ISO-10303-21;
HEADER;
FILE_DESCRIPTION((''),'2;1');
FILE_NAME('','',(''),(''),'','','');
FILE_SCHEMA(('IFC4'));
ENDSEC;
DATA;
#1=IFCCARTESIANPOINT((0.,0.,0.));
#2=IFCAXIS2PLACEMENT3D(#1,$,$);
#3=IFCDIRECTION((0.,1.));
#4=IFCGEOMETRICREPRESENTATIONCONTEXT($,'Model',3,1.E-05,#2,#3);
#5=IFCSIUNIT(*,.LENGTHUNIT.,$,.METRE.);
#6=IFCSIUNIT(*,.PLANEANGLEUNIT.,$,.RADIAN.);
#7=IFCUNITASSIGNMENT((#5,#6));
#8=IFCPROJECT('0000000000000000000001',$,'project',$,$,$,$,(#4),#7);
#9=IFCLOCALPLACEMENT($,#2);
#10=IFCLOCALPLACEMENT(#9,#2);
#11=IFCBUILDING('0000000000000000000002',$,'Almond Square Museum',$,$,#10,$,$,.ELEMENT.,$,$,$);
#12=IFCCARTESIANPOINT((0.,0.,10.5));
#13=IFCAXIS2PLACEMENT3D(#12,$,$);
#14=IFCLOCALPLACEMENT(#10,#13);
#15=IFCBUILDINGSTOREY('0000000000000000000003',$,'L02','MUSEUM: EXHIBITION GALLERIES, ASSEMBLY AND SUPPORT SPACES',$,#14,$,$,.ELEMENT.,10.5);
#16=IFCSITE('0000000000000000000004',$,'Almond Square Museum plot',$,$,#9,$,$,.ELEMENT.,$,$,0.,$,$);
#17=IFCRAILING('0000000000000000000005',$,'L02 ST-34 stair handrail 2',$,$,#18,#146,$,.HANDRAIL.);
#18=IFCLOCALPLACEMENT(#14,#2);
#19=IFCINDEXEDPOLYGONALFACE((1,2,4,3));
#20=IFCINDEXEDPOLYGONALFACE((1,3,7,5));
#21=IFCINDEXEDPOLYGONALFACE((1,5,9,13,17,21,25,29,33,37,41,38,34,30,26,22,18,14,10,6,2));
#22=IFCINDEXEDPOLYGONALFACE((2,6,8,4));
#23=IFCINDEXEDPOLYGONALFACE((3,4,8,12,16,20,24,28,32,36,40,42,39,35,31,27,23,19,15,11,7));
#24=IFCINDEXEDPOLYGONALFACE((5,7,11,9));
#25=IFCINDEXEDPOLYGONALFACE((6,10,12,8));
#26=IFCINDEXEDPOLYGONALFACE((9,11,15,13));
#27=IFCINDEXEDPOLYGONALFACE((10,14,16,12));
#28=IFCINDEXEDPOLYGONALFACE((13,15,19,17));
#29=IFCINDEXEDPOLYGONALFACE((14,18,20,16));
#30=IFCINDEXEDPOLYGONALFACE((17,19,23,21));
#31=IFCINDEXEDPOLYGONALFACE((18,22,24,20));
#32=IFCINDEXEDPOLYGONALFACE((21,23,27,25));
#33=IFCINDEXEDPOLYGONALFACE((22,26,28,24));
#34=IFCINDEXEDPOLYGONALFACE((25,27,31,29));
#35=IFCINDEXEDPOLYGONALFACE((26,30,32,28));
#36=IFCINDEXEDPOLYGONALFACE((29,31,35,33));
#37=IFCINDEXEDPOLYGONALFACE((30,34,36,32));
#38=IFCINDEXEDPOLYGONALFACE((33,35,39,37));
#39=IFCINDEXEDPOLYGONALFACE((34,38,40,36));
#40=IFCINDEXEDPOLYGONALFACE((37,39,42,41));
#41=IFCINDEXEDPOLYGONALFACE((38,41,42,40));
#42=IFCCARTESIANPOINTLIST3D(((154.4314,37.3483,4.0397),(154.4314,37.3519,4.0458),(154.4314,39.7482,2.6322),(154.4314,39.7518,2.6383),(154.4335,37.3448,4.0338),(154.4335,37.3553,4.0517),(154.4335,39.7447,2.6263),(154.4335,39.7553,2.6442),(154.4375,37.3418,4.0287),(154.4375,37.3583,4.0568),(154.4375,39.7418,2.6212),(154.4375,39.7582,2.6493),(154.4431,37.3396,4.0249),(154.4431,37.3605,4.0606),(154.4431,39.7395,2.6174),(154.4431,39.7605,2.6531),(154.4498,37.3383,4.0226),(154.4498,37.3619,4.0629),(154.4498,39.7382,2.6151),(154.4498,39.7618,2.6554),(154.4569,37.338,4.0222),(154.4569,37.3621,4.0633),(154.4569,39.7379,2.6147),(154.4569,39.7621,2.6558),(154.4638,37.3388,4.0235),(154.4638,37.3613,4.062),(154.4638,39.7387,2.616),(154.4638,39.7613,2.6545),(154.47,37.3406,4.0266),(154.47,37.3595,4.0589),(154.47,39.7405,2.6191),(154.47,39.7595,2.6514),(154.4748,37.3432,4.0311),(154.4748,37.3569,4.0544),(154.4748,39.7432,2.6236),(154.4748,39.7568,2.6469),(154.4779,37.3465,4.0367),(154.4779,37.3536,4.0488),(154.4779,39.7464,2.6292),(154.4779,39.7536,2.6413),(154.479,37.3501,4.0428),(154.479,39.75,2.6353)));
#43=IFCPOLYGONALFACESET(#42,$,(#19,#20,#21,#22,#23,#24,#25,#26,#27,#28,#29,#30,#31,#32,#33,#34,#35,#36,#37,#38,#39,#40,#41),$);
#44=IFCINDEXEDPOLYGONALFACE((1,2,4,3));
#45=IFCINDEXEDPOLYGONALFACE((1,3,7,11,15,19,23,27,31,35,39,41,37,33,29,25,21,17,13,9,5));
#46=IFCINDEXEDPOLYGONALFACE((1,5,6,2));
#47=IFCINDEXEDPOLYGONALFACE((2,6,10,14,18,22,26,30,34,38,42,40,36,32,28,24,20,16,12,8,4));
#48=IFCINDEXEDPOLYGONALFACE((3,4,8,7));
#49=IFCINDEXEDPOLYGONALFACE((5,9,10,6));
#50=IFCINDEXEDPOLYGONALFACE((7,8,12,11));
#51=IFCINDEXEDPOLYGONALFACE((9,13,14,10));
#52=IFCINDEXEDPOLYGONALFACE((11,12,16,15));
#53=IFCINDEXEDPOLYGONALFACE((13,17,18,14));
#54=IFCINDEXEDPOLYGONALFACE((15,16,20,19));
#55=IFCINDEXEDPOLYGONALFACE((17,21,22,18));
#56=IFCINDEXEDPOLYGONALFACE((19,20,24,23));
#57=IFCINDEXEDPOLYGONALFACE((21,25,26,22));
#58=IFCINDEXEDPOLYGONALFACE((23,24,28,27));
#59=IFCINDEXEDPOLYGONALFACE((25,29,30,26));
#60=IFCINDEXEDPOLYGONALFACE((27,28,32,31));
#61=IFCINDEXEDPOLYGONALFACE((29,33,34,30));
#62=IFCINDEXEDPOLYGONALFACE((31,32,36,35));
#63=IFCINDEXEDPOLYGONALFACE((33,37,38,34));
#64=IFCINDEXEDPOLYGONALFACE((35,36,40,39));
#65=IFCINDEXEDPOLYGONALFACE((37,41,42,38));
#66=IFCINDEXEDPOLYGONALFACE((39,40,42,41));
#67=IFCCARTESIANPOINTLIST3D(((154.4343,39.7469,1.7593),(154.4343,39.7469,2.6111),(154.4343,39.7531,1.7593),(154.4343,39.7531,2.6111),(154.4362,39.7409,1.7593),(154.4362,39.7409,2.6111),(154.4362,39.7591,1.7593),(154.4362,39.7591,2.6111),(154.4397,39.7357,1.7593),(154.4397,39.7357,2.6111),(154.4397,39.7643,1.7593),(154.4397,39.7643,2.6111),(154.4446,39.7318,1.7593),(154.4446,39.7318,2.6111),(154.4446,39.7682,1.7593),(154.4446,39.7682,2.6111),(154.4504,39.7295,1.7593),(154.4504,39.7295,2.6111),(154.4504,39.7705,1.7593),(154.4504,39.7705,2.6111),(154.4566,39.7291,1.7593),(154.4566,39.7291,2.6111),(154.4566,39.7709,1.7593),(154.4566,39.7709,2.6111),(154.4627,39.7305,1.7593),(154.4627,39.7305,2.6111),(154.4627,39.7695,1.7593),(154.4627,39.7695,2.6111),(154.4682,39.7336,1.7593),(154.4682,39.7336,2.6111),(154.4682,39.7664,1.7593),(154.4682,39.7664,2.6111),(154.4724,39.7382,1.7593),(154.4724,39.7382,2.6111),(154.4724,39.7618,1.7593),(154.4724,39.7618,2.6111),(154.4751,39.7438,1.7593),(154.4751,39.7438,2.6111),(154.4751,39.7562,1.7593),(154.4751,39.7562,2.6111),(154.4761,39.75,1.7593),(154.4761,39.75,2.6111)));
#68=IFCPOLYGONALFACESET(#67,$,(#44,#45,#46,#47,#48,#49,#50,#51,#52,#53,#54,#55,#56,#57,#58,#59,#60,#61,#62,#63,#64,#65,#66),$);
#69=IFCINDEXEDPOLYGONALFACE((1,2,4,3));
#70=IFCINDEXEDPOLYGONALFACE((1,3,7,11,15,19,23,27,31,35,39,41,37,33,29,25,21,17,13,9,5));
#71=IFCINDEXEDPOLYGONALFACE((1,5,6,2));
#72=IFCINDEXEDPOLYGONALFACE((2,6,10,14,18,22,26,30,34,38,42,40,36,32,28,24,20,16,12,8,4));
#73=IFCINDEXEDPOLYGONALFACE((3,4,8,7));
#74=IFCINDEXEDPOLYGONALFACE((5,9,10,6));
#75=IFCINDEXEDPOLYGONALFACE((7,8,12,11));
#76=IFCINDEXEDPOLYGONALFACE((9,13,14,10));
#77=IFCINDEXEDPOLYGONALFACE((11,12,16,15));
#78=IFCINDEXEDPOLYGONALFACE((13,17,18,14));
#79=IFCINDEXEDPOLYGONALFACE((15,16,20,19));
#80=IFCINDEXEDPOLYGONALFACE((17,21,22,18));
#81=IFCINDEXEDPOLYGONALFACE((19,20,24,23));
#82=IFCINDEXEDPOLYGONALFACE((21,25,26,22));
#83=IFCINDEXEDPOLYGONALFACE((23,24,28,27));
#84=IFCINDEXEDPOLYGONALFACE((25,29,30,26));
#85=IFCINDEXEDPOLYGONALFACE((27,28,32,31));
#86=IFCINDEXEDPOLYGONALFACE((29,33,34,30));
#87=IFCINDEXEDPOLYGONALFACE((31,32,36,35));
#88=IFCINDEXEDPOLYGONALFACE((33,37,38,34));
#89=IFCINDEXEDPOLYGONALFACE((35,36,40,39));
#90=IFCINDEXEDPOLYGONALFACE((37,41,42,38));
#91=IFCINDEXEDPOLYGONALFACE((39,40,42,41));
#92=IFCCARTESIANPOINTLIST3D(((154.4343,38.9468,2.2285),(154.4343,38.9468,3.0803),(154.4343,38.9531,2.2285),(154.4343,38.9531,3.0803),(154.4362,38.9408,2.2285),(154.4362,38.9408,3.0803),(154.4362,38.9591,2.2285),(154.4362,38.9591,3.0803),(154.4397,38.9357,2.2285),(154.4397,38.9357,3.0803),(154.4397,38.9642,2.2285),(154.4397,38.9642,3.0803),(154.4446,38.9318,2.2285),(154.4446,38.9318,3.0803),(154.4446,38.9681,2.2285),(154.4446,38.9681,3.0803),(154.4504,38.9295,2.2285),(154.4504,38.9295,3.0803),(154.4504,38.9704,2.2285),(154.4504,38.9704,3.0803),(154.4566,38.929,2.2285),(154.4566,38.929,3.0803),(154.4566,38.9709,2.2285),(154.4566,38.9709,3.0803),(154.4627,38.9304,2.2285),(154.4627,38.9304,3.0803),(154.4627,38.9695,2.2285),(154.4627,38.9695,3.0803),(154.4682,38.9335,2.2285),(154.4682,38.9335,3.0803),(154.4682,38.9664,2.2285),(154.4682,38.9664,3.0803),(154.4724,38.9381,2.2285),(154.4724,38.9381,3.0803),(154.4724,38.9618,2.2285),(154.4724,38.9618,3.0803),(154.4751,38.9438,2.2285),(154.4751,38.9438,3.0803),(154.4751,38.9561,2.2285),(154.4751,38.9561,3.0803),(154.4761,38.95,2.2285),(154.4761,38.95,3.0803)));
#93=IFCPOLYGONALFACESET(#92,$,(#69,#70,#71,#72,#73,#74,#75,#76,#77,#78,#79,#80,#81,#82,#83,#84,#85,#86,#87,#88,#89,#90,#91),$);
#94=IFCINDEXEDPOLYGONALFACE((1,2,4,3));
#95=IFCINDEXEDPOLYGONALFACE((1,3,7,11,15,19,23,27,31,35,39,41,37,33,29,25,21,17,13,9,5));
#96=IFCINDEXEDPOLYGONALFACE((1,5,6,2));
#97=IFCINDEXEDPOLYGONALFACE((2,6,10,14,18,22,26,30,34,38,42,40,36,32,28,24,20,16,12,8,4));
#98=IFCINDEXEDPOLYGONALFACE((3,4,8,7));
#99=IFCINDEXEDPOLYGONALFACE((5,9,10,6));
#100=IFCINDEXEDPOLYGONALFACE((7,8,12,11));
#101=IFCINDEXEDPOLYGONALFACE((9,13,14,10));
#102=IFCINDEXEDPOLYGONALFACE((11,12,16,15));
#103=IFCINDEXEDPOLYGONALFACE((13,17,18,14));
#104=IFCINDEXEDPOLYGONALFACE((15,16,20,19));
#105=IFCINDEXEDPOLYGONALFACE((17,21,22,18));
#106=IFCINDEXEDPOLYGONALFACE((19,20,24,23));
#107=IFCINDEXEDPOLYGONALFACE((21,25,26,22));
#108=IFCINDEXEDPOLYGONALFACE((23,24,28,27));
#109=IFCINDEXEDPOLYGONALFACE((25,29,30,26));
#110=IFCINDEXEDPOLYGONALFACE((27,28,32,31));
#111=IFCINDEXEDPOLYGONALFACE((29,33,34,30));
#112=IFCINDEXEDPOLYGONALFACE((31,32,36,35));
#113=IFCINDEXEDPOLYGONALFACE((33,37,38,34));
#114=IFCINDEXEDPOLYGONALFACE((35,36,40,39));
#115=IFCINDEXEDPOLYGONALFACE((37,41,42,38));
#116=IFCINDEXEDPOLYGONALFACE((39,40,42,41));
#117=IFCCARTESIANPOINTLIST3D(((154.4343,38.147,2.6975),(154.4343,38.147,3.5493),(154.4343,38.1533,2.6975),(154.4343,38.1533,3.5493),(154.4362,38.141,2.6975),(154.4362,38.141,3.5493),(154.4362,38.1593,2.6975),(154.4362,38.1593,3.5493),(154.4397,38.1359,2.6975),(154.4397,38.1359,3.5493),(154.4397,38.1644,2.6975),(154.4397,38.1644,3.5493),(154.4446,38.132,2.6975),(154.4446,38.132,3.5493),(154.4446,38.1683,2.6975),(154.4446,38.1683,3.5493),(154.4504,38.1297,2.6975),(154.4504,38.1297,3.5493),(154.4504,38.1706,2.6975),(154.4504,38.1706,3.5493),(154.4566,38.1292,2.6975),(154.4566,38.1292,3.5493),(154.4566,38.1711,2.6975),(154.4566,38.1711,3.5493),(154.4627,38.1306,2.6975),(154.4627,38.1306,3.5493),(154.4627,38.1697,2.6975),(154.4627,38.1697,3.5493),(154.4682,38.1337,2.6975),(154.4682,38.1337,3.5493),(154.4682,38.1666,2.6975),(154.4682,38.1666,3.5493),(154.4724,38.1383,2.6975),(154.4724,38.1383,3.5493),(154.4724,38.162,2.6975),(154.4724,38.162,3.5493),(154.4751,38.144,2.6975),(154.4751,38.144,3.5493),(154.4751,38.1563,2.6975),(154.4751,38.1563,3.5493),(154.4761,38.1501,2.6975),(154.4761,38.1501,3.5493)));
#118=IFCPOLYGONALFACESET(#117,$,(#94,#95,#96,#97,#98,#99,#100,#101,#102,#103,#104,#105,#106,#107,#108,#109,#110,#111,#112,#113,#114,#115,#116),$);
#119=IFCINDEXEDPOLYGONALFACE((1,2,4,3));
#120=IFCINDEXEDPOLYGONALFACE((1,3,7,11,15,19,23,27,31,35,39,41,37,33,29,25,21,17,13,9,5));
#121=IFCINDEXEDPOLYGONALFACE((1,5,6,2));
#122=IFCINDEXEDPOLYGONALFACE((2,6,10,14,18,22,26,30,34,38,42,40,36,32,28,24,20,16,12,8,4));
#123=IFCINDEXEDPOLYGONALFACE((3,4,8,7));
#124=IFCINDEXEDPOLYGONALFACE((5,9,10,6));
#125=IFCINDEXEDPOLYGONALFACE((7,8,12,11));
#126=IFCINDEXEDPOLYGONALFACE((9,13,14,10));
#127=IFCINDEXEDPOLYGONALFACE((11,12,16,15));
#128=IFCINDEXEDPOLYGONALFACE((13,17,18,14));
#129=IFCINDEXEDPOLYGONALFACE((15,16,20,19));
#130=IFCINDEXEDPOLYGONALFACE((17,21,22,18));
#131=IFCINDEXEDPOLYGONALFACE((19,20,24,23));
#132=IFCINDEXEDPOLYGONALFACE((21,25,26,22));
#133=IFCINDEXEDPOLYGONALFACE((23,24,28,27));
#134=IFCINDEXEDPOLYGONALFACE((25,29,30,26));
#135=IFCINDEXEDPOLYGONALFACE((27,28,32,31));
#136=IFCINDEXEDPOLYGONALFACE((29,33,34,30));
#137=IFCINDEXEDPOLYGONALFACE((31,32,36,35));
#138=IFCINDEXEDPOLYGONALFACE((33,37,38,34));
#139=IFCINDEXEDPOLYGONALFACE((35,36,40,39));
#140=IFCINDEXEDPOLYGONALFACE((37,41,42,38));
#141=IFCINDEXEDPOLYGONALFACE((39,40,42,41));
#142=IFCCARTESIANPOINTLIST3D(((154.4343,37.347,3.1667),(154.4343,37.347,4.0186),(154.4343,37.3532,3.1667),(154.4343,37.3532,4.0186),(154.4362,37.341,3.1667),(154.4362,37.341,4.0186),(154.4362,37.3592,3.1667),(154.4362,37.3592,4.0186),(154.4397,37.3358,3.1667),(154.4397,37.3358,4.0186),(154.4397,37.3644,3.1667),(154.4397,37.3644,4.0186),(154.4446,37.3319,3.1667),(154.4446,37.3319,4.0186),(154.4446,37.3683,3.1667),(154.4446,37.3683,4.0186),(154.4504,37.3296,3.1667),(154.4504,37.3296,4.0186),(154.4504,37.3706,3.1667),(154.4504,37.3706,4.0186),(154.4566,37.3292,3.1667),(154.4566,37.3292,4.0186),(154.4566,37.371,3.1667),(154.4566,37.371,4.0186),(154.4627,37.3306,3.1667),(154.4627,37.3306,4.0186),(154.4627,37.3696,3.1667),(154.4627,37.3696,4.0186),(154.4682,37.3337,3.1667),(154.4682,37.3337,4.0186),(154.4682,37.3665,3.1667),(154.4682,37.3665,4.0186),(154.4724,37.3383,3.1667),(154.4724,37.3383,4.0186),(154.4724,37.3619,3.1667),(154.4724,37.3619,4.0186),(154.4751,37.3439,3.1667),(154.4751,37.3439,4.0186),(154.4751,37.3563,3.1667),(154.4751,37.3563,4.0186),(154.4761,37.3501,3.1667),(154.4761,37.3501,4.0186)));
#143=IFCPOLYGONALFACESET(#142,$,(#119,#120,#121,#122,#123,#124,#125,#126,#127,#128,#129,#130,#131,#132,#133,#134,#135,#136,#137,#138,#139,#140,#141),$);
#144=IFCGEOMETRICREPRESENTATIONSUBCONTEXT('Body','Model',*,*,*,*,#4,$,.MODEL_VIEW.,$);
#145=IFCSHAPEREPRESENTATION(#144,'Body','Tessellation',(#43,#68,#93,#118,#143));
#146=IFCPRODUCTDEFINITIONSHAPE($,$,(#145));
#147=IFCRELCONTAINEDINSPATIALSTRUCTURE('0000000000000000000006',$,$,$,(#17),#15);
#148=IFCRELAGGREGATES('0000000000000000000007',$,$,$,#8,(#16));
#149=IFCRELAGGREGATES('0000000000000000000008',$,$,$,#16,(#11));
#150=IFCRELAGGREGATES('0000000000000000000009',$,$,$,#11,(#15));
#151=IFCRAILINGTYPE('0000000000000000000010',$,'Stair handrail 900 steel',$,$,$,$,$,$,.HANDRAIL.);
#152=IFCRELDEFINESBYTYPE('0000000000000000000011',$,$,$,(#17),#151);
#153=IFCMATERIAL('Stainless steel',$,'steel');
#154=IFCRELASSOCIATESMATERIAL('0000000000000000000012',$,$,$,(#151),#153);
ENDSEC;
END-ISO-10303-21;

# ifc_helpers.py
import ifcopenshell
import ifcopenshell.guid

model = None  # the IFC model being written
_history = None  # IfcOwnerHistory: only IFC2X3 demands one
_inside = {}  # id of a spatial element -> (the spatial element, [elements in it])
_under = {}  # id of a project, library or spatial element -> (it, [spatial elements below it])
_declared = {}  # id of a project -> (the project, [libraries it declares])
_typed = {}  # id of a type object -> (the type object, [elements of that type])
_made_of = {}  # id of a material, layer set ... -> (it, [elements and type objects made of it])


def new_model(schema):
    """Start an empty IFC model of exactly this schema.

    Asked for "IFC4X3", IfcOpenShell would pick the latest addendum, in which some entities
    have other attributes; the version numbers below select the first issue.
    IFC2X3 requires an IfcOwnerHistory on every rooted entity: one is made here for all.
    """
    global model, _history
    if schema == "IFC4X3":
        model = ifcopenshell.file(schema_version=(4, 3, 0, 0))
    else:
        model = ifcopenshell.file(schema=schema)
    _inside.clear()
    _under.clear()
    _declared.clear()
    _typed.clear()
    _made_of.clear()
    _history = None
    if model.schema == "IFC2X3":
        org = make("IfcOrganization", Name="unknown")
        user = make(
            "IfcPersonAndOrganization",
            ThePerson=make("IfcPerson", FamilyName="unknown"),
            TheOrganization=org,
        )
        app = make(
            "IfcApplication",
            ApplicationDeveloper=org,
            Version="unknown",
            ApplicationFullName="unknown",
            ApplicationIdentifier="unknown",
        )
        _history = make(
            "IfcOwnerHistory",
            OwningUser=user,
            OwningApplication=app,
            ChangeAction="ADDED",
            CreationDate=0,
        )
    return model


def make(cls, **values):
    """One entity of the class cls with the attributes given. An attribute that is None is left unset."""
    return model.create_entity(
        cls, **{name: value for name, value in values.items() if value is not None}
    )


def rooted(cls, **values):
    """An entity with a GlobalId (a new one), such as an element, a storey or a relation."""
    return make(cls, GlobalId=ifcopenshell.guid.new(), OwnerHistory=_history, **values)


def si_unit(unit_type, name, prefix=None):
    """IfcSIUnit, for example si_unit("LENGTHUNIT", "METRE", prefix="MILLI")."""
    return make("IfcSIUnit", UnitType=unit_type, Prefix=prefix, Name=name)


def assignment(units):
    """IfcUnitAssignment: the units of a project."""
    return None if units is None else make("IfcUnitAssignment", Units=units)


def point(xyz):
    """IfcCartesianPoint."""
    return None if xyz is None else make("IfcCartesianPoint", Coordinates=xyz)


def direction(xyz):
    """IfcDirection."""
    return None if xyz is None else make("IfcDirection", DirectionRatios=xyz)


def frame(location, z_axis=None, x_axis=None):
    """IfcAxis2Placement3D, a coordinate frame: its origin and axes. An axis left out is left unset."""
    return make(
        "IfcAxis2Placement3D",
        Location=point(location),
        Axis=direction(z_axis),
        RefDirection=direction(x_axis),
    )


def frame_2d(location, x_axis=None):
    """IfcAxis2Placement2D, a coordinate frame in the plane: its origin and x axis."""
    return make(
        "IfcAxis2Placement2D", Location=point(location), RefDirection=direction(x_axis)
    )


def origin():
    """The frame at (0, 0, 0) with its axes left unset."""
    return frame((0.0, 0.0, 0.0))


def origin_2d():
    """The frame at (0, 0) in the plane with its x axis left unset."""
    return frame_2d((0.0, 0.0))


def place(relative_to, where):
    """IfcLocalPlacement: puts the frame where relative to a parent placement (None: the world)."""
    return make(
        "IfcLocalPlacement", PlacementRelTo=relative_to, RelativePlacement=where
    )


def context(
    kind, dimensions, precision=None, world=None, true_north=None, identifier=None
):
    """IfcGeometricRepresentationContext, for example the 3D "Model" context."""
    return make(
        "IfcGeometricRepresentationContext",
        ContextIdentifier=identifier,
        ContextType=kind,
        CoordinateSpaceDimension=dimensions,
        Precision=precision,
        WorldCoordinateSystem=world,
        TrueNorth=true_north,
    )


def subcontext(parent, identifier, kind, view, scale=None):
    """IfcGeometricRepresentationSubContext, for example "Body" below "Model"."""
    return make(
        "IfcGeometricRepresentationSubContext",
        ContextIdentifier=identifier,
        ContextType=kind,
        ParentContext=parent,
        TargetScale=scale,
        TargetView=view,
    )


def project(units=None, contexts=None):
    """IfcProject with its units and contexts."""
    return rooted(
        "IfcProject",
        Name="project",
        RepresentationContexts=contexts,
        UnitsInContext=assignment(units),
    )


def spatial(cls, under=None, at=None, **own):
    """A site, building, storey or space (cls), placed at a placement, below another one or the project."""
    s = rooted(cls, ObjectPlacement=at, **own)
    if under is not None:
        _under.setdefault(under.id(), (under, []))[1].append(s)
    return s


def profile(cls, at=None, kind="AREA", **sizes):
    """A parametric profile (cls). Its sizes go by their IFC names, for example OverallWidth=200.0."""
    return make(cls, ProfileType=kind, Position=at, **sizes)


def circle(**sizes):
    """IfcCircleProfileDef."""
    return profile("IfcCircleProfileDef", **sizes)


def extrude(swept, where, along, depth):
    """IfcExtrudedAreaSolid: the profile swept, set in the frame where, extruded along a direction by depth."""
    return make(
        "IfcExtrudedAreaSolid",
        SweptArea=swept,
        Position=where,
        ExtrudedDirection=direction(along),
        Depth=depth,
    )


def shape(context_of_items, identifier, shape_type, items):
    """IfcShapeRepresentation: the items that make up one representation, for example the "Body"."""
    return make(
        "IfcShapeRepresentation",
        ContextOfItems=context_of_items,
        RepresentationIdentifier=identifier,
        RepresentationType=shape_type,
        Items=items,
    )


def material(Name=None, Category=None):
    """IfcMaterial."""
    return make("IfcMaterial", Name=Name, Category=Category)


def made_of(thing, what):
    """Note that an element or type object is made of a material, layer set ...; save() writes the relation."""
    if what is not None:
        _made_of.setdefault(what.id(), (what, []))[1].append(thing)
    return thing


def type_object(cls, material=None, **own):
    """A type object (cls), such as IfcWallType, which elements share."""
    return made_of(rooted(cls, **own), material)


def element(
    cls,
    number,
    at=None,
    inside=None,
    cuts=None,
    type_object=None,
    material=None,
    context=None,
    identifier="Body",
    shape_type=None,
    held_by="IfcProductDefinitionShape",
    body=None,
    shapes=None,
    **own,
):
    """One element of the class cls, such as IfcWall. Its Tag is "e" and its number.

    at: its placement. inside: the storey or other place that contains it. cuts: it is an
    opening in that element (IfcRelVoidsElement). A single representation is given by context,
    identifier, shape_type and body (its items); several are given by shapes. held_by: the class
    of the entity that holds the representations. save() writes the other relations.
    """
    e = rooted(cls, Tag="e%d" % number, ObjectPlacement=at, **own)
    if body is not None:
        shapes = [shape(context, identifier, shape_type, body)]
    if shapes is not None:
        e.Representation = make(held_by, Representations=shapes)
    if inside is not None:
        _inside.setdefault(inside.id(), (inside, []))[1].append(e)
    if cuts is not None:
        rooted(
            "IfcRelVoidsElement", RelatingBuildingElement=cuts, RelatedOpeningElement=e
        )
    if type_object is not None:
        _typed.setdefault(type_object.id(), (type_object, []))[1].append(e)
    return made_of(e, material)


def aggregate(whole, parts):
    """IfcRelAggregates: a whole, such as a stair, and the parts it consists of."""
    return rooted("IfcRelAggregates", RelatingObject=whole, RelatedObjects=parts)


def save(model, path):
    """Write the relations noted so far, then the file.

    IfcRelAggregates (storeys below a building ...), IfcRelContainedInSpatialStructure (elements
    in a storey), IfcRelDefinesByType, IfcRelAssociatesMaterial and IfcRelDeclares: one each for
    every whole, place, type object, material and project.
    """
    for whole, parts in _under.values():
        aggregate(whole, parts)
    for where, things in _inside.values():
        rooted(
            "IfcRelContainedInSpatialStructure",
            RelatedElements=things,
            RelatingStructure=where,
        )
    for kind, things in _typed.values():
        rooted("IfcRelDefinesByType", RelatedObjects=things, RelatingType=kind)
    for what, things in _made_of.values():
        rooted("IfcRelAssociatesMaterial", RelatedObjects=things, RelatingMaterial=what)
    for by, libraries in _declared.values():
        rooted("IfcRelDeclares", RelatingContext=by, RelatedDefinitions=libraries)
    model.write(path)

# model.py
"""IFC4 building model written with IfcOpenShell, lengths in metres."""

from ifc_helpers import new_model, si_unit, direction, frame, origin, origin_2d, place, context, subcontext, project, spatial, circle, extrude, material, type_object, element, save


model = new_model("IFC4")

# Units and contexts
model_context = context("Model", 3, precision=1e-05, world=origin(), true_north=direction((0.0, 1.0)))
body_context = subcontext(model_context, "Body", "Model", "MODEL_VIEW")
ifc_project = project(units=[si_unit("LENGTHUNIT", "METRE"), si_unit("PLANEANGLEUNIT", "RADIAN")], contexts=[model_context])

# Site, building, storey
site_placement = place(None, origin())
site = spatial("IfcSite", under=ifc_project, at=site_placement, Name="Almond Square Museum plot", CompositionType="ELEMENT", RefElevation=0.0)
building_placement = place(site_placement, origin())
building = spatial("IfcBuilding", under=site, at=building_placement, Name="Almond Square Museum", CompositionType="ELEMENT")
storey_placement = place(building_placement, frame((0.0, 0.0, 10.5)))
storey = spatial("IfcBuildingStorey", under=building, at=storey_placement, Name="L02", Description="MUSEUM: EXHIBITION GALLERIES, ASSEMBLY AND SUPPORT SPACES", CompositionType="ELEMENT", Elevation=10.5)

# Railing
ifc_material_1 = material(Name="Stainless steel", Category="steel")
railing_type_1 = type_object("IfcRailingType", Name="Stair handrail 900 steel", PredefinedType="HANDRAIL", material=ifc_material_1)
railing_1_placement = place(storey_placement, frame((154.4551, 39.75, 1.7593)))
element("IfcRailing", 1, at=railing_1_placement, inside=storey, type_object=railing_type_1, Name="L02 ST-34 stair handrail 2", PredefinedType="HANDRAIL", context=body_context, shape_type="SweptSolid", body=[
    extrude(circle(Radius=0.0239, at=origin_2d()), frame((0.0, 0.0, 0.876), z_axis=(0.0, -0.862599, 0.505888), x_axis=(1.0, 0.0, 0.0)), (0.0, 0.0, 1.0), 2.7822),
    extrude(circle(Radius=0.021, at=origin_2d()), origin(), (0.0, 0.0, 1.0), 0.8518),
    extrude(circle(Radius=0.021, at=origin_2d()), frame((0.0, -0.8, 0.4692)), (0.0, 0.0, 1.0), 0.8518),
    extrude(circle(Radius=0.021, at=origin_2d()), frame((0.0, -1.5999, 0.9382)), (0.0, 0.0, 1.0), 0.8518),
    extrude(circle(Radius=0.021, at=origin_2d()), frame((0.0, -2.3999, 1.4075)), (0.0, 0.0, 1.0), 0.8518),
])

save(model, "model.ifc")
